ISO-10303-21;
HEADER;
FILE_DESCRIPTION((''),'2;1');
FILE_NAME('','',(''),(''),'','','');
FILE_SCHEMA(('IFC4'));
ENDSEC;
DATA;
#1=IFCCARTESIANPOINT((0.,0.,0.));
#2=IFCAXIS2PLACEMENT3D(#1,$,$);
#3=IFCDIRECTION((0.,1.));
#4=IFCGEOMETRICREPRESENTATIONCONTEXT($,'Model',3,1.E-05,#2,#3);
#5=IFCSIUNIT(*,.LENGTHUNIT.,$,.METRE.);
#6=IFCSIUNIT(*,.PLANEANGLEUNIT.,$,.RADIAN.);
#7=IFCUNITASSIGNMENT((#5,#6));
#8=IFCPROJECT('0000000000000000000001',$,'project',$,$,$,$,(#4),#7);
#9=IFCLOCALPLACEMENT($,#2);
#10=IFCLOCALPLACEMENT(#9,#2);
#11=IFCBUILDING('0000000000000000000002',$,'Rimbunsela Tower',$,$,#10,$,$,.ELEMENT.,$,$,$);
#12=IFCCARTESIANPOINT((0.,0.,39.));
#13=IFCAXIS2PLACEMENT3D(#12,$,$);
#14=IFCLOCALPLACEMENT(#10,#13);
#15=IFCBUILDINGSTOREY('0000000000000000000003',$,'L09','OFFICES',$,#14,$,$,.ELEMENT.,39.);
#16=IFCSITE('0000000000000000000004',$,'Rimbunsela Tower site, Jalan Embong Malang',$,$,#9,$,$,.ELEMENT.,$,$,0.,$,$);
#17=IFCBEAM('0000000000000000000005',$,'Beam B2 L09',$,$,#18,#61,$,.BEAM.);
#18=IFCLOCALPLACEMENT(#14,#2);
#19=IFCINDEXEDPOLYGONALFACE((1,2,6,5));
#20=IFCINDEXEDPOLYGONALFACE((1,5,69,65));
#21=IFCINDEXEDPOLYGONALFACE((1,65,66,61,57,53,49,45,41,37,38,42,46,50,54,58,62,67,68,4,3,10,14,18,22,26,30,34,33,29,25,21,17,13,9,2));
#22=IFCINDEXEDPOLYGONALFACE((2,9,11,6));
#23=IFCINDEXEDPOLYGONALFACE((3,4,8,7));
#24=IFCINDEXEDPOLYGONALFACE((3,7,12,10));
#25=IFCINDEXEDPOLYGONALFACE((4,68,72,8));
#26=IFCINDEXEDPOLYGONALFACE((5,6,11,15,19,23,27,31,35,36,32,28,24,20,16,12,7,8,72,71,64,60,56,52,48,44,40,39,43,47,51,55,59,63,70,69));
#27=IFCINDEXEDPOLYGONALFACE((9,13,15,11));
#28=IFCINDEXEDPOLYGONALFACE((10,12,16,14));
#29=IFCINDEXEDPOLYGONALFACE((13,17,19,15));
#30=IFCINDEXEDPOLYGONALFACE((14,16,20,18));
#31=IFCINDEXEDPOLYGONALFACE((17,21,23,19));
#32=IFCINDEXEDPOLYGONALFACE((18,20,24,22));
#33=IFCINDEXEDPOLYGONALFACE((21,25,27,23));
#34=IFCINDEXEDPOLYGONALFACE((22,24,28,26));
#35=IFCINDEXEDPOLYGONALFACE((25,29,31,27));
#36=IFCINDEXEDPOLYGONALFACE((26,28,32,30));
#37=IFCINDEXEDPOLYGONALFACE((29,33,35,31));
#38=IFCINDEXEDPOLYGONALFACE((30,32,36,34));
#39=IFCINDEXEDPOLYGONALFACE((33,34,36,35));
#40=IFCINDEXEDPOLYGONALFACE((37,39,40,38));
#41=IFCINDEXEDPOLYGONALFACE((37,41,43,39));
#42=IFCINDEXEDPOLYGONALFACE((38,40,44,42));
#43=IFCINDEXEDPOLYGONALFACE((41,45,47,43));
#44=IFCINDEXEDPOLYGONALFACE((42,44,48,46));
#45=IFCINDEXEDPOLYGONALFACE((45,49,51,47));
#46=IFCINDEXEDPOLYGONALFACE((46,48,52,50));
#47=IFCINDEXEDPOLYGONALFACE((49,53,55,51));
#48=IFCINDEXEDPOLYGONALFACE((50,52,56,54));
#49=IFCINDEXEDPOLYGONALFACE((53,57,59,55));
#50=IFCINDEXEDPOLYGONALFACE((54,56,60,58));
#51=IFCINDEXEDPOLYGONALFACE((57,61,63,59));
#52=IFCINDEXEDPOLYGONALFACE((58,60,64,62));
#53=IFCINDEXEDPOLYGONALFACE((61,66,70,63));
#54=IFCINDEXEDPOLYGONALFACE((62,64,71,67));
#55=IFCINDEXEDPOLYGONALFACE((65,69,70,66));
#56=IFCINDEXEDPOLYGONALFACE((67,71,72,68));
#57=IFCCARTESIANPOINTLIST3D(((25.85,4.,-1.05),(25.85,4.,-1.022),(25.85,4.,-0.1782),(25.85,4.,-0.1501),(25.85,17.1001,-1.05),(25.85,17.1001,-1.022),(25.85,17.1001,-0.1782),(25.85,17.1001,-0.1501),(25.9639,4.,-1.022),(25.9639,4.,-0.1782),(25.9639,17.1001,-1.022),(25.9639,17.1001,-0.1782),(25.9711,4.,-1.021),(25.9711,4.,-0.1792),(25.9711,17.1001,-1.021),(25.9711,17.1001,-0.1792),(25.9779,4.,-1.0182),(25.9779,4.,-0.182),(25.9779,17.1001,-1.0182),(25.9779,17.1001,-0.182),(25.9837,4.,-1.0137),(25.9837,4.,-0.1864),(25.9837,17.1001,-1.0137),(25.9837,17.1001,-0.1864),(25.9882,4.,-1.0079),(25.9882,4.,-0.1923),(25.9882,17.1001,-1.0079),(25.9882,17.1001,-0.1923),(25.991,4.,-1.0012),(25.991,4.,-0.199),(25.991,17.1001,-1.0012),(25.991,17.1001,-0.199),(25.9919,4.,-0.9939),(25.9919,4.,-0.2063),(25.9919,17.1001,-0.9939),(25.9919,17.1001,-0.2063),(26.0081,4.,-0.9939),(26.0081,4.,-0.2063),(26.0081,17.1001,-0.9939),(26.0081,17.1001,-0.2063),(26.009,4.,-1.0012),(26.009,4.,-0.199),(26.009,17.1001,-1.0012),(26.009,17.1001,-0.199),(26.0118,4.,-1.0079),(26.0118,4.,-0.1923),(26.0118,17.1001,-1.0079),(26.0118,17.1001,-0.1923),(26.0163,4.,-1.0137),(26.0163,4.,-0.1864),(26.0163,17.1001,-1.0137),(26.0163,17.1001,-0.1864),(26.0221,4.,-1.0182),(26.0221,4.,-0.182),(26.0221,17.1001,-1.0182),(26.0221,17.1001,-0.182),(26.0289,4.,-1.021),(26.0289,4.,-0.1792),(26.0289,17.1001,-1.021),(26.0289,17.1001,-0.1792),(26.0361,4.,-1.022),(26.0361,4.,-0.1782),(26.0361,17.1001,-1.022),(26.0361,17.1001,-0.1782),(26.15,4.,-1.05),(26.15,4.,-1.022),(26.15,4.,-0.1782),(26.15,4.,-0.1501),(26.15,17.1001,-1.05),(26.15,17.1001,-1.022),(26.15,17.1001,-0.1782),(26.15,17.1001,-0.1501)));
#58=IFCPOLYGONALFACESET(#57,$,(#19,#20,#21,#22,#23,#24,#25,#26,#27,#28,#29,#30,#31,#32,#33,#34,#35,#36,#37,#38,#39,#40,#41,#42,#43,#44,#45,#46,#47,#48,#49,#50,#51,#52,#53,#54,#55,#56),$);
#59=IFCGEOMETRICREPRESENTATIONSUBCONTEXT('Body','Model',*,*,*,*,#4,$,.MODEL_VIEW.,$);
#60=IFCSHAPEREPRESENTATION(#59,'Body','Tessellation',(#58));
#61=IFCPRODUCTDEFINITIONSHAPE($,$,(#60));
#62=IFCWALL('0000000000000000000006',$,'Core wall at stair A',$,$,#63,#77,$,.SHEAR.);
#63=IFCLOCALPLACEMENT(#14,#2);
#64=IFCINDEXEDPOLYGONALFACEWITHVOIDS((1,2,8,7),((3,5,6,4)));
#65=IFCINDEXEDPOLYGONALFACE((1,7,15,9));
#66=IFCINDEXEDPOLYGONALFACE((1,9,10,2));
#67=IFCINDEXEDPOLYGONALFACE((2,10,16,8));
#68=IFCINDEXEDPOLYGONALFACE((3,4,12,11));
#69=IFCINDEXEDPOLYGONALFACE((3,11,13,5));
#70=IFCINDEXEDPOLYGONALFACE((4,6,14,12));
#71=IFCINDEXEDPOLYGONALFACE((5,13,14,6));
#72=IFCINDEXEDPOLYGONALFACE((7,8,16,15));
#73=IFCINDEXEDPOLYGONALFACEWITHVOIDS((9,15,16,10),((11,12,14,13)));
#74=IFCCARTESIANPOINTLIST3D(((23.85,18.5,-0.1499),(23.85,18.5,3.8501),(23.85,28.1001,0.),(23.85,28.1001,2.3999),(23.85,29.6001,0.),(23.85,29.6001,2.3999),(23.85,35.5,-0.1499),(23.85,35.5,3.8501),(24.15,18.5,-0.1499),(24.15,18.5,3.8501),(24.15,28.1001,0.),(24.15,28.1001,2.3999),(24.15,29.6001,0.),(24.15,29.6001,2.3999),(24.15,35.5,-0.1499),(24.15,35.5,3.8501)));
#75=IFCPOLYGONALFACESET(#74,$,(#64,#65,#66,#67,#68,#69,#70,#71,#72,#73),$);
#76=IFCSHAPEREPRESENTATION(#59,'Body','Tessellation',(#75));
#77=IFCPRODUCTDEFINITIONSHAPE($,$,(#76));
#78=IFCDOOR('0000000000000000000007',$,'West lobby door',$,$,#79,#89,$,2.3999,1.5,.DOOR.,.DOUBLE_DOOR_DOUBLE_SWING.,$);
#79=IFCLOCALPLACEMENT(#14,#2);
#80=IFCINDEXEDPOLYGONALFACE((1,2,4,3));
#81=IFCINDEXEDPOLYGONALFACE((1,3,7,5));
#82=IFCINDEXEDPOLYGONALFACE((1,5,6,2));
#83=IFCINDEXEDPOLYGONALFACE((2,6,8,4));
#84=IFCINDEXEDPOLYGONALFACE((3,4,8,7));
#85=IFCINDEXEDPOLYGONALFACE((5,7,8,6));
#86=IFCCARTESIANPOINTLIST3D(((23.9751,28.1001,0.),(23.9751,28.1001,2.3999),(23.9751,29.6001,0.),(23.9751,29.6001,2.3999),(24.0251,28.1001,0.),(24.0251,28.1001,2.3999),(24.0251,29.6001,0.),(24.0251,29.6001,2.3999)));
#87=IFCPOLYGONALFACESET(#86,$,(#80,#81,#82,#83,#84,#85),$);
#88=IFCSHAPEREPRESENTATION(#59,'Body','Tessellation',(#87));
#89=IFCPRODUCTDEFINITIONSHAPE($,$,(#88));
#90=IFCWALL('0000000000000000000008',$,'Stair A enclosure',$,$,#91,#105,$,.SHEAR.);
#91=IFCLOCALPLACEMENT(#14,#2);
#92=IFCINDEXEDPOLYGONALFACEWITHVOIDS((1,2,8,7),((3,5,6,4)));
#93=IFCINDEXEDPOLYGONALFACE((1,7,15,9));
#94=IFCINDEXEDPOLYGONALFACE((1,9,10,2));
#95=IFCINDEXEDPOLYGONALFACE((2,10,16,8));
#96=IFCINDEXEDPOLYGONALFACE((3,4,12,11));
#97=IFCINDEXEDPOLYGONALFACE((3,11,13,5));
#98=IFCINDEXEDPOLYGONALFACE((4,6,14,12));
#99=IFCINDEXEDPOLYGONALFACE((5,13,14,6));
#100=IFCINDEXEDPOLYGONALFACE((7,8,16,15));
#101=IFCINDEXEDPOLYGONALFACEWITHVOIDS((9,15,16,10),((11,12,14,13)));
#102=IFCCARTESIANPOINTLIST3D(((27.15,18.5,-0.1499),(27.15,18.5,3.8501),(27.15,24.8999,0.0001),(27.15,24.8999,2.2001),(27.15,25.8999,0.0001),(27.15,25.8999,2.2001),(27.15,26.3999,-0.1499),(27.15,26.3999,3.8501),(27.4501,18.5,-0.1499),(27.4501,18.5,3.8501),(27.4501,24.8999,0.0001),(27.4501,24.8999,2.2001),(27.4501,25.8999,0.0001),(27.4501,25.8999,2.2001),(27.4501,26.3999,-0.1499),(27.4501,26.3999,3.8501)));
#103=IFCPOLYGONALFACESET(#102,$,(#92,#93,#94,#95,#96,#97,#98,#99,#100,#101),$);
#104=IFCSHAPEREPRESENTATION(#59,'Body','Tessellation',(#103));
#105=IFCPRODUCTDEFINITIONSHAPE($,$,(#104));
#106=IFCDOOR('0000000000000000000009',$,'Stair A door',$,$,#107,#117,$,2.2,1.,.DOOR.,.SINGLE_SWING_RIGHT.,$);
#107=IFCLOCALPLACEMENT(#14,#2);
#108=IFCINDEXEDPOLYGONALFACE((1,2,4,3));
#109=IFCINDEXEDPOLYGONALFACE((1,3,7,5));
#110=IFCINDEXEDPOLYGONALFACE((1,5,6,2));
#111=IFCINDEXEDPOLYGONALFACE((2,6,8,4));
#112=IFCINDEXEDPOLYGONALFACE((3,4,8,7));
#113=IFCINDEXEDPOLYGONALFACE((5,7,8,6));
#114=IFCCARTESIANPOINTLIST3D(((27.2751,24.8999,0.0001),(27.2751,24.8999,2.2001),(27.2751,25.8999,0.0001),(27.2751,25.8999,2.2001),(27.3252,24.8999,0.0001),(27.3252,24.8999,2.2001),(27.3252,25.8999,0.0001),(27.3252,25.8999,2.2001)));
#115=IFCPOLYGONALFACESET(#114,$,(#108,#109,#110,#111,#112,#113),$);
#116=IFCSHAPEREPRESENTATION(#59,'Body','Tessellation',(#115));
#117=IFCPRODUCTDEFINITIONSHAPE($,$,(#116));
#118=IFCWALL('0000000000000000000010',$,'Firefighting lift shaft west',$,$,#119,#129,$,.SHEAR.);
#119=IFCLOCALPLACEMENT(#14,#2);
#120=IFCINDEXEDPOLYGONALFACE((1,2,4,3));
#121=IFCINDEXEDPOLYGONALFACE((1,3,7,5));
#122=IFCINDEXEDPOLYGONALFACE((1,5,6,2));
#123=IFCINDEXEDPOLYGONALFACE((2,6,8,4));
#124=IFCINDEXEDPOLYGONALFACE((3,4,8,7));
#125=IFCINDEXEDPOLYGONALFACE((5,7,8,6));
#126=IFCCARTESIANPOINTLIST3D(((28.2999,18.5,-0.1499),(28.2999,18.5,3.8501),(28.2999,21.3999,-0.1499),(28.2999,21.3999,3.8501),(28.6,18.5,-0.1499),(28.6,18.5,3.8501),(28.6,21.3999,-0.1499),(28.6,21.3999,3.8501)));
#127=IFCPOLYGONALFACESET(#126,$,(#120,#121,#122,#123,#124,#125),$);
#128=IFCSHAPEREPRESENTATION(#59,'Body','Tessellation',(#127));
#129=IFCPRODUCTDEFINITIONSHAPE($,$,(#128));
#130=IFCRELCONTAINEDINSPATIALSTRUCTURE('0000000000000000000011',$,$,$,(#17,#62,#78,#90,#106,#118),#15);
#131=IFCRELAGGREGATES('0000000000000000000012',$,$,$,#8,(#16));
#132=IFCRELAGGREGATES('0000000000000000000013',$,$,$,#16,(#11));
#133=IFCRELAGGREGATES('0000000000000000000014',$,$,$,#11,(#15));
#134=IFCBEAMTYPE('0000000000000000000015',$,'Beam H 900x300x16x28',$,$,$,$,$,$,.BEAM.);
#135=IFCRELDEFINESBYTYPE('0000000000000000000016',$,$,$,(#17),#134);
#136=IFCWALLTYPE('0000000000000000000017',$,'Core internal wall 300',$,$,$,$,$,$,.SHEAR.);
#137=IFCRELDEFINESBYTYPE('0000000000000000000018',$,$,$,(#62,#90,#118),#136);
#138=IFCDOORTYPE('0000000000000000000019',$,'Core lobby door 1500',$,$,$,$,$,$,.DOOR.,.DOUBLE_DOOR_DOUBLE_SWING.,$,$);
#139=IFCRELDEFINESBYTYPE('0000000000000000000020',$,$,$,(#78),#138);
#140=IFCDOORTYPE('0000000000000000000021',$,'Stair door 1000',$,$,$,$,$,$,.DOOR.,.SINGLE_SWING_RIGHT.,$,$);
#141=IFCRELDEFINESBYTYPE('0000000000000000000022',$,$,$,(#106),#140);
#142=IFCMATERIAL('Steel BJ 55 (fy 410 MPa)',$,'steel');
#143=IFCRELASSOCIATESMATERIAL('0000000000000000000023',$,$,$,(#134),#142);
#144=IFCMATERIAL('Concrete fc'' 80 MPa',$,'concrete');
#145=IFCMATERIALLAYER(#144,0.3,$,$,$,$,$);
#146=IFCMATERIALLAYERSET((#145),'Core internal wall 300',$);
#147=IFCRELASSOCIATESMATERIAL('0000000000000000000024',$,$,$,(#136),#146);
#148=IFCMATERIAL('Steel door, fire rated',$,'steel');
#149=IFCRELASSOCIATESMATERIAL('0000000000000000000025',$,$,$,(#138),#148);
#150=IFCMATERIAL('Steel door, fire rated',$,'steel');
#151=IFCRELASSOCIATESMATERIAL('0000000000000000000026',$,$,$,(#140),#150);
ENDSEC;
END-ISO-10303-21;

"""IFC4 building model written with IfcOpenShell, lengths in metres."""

from ifc_helpers import new_model, si_unit, direction, frame, frame_2d, origin, origin_2d, place, context, subcontext, project, spatial, rectangle, i_section, extrude, material, layer, layer_set, material_profile, profile_set, type_object, element, fill, save


model = new_model("IFC4")

# Units and contexts
model_context = context("Model", 3, precision=1e-05, world=origin(), true_north=direction((0.0, 1.0)))
body_context = subcontext(model_context, "Body", "Model", "MODEL_VIEW")
ifc_project = project(units=[si_unit("LENGTHUNIT", "METRE"), si_unit("PLANEANGLEUNIT", "RADIAN")], contexts=[model_context])

# Site, building, storey
site_placement = place(None, origin())
site = spatial("IfcSite", under=ifc_project, at=site_placement, Name="Rimbunsela Tower site, Jalan Embong Malang", CompositionType="ELEMENT", RefElevation=0.0)
building_placement = place(site_placement, origin())
building = spatial("IfcBuilding", under=site, at=building_placement, Name="Rimbunsela Tower", CompositionType="ELEMENT")
storey_placement = place(building_placement, frame((0.0, 0.0, 39.0)))
storey = spatial("IfcBuildingStorey", under=building, at=storey_placement, Name="L09", Description="OFFICES", CompositionType="ELEMENT", Elevation=39.0)

# Beam
ifc_material_1 = material(Name="Steel BJ 55 (fy 410 MPa)", Category="steel")
ifc_material_profile_1 = material_profile(ifc_material_1, i_section(OverallWidth=0.3, OverallDepth=0.8999, WebThickness=0.0161, FlangeThickness=0.0281, FilletRadius=0.0281, at=origin_2d()), Name="H 900x300x16x28")
ifc_profile_set_1 = profile_set([ifc_material_profile_1], Name="Steel BJ 55 (fy 410 MPa)")
beam_type_1 = type_object("IfcBeamType", Name="Beam H 900x300x16x28", PredefinedType="BEAM", material=ifc_profile_set_1)
beam_1_placement = place(storey_placement, frame((26.0, 4.0, -0.6001), z_axis=(0.0, 1.0, 0.0), x_axis=(-1.0, 0.0, 0.0)))
element("IfcBeam", 1, at=beam_1_placement, inside=storey, type_object=beam_type_1, Name="Beam B2 L09", PredefinedType="BEAM", context=body_context, shape_type="SweptSolid", body=[
    extrude(i_section(OverallWidth=0.3, OverallDepth=0.8999, WebThickness=0.0161, FlangeThickness=0.0281, FilletRadius=0.0281, at=origin_2d()), origin(), (0.0, 0.0, 1.0), 13.1001),
])

# Walls, openings, doors
ifc_material_2 = material(Name="Concrete fc' 80 MPa", Category="concrete")
ifc_layer_1 = layer(ifc_material_2, 0.3)
ifc_layer_set_1 = layer_set([ifc_layer_1], Name="Core internal wall 300")
wall_type_1 = type_object("IfcWallType", Name="Core internal wall 300", PredefinedType="SHEAR", material=ifc_layer_set_1)
wall_1_placement = place(storey_placement, frame((24.0, 18.5, -0.1499), z_axis=(0.0, 0.0, 1.0), x_axis=(0.0, 1.0, 0.0)))
wall_1 = element("IfcWall", 2, at=wall_1_placement, inside=storey, type_object=wall_type_1, Name="Core wall at stair A", PredefinedType="SHEAR", context=body_context, shape_type="SweptSolid", body=[
    extrude(rectangle(XDim=17.0, YDim=0.3, at=frame_2d((8.5, 0.0))), origin(), (0.0, 0.0, 1.0), 4.0),
])
opening_1_placement = place(wall_1_placement, frame((9.6001, 0.0, 0.1499)))
opening_1 = element("IfcOpeningElement", 3, at=opening_1_placement, cuts=wall_1, PredefinedType="OPENING", context=body_context, shape_type="SweptSolid", body=[
    extrude(rectangle(XDim=1.5, YDim=2.3999, at=frame_2d((0.75, 1.2))), frame((0.0, 0.1599, 0.0), z_axis=(0.0, -1.0, 0.0), x_axis=(1.0, 0.0, 0.0)), (0.0, 0.0, 1.0), 0.3201),
])
ifc_material_3 = material(Name="Steel door, fire rated", Category="steel")
door_type_1 = type_object("IfcDoorType", Name="Core lobby door 1500", OperationType="DOUBLE_DOOR_DOUBLE_SWING", PredefinedType="DOOR", material=ifc_material_3)
door_1_placement = place(opening_1_placement, origin())
door_1 = element("IfcDoor", 4, at=door_1_placement, inside=storey, type_object=door_type_1, Name="West lobby door", OperationType="DOUBLE_DOOR_DOUBLE_SWING", OverallHeight=2.3999, OverallWidth=1.5, PredefinedType="DOOR", context=body_context, shape_type="SweptSolid", body=[
    extrude(rectangle(XDim=1.5, YDim=2.3999, at=frame_2d((0.75, 1.2))), frame((0.0, 0.0249, 0.0), z_axis=(0.0, -1.0, 0.0), x_axis=(1.0, 0.0, 0.0)), (0.0, 0.0, 1.0), 0.05),
])
fill(opening_1, door_1)
wall_2_placement = place(storey_placement, frame((27.3, 18.5, -0.1499), z_axis=(0.0, 0.0, 1.0), x_axis=(0.0, 1.0, 0.0)))
wall_2 = element("IfcWall", 5, at=wall_2_placement, inside=storey, type_object=wall_type_1, Name="Stair A enclosure", PredefinedType="SHEAR", context=body_context, shape_type="SweptSolid", body=[
    extrude(rectangle(XDim=7.8999, YDim=0.3, at=frame_2d((3.95, 0.0))), origin(), (0.0, 0.0, 1.0), 4.0),
])
opening_2_placement = place(wall_2_placement, frame((6.3999, 0.0, 0.1499)))
opening_2 = element("IfcOpeningElement", 6, at=opening_2_placement, cuts=wall_2, PredefinedType="OPENING", context=body_context, shape_type="SweptSolid", body=[
    extrude(rectangle(XDim=1.0, YDim=2.2, at=frame_2d((0.5, 1.1001))), frame((0.0, 0.1599, 0.0), z_axis=(0.0, -1.0, 0.0), x_axis=(1.0, 0.0, 0.0)), (0.0, 0.0, 1.0), 0.3201),
])
ifc_material_4 = material(Name="Steel door, fire rated", Category="steel")
door_type_2 = type_object("IfcDoorType", Name="Stair door 1000", OperationType="SINGLE_SWING_RIGHT", PredefinedType="DOOR", material=ifc_material_4)
door_2_placement = place(opening_2_placement, origin())
door_2 = element("IfcDoor", 7, at=door_2_placement, inside=storey, type_object=door_type_2, Name="Stair A door", OperationType="SINGLE_SWING_RIGHT", OverallHeight=2.2, OverallWidth=1.0, PredefinedType="DOOR", context=body_context, shape_type="SweptSolid", body=[
    extrude(rectangle(XDim=1.0, YDim=2.2, at=frame_2d((0.5, 1.1001))), frame((0.0, 0.0249, 0.0), z_axis=(0.0, -1.0, 0.0), x_axis=(1.0, 0.0, 0.0)), (0.0, 0.0, 1.0), 0.05),
])
fill(opening_2, door_2)

# Wall
wall_3_placement = place(storey_placement, frame((28.45, 18.5, -0.1499), z_axis=(0.0, 0.0, 1.0), x_axis=(0.0, 1.0, 0.0)))
element("IfcWall", 8, at=wall_3_placement, inside=storey, type_object=wall_type_1, Name="Firefighting lift shaft west", PredefinedType="SHEAR", context=body_context, shape_type="SweptSolid", body=[
    extrude(rectangle(XDim=2.8999, YDim=0.3, at=frame_2d((1.45, 0.0))), origin(), (0.0, 0.0, 1.0), 4.0),
])

save(model, "model.ifc")
